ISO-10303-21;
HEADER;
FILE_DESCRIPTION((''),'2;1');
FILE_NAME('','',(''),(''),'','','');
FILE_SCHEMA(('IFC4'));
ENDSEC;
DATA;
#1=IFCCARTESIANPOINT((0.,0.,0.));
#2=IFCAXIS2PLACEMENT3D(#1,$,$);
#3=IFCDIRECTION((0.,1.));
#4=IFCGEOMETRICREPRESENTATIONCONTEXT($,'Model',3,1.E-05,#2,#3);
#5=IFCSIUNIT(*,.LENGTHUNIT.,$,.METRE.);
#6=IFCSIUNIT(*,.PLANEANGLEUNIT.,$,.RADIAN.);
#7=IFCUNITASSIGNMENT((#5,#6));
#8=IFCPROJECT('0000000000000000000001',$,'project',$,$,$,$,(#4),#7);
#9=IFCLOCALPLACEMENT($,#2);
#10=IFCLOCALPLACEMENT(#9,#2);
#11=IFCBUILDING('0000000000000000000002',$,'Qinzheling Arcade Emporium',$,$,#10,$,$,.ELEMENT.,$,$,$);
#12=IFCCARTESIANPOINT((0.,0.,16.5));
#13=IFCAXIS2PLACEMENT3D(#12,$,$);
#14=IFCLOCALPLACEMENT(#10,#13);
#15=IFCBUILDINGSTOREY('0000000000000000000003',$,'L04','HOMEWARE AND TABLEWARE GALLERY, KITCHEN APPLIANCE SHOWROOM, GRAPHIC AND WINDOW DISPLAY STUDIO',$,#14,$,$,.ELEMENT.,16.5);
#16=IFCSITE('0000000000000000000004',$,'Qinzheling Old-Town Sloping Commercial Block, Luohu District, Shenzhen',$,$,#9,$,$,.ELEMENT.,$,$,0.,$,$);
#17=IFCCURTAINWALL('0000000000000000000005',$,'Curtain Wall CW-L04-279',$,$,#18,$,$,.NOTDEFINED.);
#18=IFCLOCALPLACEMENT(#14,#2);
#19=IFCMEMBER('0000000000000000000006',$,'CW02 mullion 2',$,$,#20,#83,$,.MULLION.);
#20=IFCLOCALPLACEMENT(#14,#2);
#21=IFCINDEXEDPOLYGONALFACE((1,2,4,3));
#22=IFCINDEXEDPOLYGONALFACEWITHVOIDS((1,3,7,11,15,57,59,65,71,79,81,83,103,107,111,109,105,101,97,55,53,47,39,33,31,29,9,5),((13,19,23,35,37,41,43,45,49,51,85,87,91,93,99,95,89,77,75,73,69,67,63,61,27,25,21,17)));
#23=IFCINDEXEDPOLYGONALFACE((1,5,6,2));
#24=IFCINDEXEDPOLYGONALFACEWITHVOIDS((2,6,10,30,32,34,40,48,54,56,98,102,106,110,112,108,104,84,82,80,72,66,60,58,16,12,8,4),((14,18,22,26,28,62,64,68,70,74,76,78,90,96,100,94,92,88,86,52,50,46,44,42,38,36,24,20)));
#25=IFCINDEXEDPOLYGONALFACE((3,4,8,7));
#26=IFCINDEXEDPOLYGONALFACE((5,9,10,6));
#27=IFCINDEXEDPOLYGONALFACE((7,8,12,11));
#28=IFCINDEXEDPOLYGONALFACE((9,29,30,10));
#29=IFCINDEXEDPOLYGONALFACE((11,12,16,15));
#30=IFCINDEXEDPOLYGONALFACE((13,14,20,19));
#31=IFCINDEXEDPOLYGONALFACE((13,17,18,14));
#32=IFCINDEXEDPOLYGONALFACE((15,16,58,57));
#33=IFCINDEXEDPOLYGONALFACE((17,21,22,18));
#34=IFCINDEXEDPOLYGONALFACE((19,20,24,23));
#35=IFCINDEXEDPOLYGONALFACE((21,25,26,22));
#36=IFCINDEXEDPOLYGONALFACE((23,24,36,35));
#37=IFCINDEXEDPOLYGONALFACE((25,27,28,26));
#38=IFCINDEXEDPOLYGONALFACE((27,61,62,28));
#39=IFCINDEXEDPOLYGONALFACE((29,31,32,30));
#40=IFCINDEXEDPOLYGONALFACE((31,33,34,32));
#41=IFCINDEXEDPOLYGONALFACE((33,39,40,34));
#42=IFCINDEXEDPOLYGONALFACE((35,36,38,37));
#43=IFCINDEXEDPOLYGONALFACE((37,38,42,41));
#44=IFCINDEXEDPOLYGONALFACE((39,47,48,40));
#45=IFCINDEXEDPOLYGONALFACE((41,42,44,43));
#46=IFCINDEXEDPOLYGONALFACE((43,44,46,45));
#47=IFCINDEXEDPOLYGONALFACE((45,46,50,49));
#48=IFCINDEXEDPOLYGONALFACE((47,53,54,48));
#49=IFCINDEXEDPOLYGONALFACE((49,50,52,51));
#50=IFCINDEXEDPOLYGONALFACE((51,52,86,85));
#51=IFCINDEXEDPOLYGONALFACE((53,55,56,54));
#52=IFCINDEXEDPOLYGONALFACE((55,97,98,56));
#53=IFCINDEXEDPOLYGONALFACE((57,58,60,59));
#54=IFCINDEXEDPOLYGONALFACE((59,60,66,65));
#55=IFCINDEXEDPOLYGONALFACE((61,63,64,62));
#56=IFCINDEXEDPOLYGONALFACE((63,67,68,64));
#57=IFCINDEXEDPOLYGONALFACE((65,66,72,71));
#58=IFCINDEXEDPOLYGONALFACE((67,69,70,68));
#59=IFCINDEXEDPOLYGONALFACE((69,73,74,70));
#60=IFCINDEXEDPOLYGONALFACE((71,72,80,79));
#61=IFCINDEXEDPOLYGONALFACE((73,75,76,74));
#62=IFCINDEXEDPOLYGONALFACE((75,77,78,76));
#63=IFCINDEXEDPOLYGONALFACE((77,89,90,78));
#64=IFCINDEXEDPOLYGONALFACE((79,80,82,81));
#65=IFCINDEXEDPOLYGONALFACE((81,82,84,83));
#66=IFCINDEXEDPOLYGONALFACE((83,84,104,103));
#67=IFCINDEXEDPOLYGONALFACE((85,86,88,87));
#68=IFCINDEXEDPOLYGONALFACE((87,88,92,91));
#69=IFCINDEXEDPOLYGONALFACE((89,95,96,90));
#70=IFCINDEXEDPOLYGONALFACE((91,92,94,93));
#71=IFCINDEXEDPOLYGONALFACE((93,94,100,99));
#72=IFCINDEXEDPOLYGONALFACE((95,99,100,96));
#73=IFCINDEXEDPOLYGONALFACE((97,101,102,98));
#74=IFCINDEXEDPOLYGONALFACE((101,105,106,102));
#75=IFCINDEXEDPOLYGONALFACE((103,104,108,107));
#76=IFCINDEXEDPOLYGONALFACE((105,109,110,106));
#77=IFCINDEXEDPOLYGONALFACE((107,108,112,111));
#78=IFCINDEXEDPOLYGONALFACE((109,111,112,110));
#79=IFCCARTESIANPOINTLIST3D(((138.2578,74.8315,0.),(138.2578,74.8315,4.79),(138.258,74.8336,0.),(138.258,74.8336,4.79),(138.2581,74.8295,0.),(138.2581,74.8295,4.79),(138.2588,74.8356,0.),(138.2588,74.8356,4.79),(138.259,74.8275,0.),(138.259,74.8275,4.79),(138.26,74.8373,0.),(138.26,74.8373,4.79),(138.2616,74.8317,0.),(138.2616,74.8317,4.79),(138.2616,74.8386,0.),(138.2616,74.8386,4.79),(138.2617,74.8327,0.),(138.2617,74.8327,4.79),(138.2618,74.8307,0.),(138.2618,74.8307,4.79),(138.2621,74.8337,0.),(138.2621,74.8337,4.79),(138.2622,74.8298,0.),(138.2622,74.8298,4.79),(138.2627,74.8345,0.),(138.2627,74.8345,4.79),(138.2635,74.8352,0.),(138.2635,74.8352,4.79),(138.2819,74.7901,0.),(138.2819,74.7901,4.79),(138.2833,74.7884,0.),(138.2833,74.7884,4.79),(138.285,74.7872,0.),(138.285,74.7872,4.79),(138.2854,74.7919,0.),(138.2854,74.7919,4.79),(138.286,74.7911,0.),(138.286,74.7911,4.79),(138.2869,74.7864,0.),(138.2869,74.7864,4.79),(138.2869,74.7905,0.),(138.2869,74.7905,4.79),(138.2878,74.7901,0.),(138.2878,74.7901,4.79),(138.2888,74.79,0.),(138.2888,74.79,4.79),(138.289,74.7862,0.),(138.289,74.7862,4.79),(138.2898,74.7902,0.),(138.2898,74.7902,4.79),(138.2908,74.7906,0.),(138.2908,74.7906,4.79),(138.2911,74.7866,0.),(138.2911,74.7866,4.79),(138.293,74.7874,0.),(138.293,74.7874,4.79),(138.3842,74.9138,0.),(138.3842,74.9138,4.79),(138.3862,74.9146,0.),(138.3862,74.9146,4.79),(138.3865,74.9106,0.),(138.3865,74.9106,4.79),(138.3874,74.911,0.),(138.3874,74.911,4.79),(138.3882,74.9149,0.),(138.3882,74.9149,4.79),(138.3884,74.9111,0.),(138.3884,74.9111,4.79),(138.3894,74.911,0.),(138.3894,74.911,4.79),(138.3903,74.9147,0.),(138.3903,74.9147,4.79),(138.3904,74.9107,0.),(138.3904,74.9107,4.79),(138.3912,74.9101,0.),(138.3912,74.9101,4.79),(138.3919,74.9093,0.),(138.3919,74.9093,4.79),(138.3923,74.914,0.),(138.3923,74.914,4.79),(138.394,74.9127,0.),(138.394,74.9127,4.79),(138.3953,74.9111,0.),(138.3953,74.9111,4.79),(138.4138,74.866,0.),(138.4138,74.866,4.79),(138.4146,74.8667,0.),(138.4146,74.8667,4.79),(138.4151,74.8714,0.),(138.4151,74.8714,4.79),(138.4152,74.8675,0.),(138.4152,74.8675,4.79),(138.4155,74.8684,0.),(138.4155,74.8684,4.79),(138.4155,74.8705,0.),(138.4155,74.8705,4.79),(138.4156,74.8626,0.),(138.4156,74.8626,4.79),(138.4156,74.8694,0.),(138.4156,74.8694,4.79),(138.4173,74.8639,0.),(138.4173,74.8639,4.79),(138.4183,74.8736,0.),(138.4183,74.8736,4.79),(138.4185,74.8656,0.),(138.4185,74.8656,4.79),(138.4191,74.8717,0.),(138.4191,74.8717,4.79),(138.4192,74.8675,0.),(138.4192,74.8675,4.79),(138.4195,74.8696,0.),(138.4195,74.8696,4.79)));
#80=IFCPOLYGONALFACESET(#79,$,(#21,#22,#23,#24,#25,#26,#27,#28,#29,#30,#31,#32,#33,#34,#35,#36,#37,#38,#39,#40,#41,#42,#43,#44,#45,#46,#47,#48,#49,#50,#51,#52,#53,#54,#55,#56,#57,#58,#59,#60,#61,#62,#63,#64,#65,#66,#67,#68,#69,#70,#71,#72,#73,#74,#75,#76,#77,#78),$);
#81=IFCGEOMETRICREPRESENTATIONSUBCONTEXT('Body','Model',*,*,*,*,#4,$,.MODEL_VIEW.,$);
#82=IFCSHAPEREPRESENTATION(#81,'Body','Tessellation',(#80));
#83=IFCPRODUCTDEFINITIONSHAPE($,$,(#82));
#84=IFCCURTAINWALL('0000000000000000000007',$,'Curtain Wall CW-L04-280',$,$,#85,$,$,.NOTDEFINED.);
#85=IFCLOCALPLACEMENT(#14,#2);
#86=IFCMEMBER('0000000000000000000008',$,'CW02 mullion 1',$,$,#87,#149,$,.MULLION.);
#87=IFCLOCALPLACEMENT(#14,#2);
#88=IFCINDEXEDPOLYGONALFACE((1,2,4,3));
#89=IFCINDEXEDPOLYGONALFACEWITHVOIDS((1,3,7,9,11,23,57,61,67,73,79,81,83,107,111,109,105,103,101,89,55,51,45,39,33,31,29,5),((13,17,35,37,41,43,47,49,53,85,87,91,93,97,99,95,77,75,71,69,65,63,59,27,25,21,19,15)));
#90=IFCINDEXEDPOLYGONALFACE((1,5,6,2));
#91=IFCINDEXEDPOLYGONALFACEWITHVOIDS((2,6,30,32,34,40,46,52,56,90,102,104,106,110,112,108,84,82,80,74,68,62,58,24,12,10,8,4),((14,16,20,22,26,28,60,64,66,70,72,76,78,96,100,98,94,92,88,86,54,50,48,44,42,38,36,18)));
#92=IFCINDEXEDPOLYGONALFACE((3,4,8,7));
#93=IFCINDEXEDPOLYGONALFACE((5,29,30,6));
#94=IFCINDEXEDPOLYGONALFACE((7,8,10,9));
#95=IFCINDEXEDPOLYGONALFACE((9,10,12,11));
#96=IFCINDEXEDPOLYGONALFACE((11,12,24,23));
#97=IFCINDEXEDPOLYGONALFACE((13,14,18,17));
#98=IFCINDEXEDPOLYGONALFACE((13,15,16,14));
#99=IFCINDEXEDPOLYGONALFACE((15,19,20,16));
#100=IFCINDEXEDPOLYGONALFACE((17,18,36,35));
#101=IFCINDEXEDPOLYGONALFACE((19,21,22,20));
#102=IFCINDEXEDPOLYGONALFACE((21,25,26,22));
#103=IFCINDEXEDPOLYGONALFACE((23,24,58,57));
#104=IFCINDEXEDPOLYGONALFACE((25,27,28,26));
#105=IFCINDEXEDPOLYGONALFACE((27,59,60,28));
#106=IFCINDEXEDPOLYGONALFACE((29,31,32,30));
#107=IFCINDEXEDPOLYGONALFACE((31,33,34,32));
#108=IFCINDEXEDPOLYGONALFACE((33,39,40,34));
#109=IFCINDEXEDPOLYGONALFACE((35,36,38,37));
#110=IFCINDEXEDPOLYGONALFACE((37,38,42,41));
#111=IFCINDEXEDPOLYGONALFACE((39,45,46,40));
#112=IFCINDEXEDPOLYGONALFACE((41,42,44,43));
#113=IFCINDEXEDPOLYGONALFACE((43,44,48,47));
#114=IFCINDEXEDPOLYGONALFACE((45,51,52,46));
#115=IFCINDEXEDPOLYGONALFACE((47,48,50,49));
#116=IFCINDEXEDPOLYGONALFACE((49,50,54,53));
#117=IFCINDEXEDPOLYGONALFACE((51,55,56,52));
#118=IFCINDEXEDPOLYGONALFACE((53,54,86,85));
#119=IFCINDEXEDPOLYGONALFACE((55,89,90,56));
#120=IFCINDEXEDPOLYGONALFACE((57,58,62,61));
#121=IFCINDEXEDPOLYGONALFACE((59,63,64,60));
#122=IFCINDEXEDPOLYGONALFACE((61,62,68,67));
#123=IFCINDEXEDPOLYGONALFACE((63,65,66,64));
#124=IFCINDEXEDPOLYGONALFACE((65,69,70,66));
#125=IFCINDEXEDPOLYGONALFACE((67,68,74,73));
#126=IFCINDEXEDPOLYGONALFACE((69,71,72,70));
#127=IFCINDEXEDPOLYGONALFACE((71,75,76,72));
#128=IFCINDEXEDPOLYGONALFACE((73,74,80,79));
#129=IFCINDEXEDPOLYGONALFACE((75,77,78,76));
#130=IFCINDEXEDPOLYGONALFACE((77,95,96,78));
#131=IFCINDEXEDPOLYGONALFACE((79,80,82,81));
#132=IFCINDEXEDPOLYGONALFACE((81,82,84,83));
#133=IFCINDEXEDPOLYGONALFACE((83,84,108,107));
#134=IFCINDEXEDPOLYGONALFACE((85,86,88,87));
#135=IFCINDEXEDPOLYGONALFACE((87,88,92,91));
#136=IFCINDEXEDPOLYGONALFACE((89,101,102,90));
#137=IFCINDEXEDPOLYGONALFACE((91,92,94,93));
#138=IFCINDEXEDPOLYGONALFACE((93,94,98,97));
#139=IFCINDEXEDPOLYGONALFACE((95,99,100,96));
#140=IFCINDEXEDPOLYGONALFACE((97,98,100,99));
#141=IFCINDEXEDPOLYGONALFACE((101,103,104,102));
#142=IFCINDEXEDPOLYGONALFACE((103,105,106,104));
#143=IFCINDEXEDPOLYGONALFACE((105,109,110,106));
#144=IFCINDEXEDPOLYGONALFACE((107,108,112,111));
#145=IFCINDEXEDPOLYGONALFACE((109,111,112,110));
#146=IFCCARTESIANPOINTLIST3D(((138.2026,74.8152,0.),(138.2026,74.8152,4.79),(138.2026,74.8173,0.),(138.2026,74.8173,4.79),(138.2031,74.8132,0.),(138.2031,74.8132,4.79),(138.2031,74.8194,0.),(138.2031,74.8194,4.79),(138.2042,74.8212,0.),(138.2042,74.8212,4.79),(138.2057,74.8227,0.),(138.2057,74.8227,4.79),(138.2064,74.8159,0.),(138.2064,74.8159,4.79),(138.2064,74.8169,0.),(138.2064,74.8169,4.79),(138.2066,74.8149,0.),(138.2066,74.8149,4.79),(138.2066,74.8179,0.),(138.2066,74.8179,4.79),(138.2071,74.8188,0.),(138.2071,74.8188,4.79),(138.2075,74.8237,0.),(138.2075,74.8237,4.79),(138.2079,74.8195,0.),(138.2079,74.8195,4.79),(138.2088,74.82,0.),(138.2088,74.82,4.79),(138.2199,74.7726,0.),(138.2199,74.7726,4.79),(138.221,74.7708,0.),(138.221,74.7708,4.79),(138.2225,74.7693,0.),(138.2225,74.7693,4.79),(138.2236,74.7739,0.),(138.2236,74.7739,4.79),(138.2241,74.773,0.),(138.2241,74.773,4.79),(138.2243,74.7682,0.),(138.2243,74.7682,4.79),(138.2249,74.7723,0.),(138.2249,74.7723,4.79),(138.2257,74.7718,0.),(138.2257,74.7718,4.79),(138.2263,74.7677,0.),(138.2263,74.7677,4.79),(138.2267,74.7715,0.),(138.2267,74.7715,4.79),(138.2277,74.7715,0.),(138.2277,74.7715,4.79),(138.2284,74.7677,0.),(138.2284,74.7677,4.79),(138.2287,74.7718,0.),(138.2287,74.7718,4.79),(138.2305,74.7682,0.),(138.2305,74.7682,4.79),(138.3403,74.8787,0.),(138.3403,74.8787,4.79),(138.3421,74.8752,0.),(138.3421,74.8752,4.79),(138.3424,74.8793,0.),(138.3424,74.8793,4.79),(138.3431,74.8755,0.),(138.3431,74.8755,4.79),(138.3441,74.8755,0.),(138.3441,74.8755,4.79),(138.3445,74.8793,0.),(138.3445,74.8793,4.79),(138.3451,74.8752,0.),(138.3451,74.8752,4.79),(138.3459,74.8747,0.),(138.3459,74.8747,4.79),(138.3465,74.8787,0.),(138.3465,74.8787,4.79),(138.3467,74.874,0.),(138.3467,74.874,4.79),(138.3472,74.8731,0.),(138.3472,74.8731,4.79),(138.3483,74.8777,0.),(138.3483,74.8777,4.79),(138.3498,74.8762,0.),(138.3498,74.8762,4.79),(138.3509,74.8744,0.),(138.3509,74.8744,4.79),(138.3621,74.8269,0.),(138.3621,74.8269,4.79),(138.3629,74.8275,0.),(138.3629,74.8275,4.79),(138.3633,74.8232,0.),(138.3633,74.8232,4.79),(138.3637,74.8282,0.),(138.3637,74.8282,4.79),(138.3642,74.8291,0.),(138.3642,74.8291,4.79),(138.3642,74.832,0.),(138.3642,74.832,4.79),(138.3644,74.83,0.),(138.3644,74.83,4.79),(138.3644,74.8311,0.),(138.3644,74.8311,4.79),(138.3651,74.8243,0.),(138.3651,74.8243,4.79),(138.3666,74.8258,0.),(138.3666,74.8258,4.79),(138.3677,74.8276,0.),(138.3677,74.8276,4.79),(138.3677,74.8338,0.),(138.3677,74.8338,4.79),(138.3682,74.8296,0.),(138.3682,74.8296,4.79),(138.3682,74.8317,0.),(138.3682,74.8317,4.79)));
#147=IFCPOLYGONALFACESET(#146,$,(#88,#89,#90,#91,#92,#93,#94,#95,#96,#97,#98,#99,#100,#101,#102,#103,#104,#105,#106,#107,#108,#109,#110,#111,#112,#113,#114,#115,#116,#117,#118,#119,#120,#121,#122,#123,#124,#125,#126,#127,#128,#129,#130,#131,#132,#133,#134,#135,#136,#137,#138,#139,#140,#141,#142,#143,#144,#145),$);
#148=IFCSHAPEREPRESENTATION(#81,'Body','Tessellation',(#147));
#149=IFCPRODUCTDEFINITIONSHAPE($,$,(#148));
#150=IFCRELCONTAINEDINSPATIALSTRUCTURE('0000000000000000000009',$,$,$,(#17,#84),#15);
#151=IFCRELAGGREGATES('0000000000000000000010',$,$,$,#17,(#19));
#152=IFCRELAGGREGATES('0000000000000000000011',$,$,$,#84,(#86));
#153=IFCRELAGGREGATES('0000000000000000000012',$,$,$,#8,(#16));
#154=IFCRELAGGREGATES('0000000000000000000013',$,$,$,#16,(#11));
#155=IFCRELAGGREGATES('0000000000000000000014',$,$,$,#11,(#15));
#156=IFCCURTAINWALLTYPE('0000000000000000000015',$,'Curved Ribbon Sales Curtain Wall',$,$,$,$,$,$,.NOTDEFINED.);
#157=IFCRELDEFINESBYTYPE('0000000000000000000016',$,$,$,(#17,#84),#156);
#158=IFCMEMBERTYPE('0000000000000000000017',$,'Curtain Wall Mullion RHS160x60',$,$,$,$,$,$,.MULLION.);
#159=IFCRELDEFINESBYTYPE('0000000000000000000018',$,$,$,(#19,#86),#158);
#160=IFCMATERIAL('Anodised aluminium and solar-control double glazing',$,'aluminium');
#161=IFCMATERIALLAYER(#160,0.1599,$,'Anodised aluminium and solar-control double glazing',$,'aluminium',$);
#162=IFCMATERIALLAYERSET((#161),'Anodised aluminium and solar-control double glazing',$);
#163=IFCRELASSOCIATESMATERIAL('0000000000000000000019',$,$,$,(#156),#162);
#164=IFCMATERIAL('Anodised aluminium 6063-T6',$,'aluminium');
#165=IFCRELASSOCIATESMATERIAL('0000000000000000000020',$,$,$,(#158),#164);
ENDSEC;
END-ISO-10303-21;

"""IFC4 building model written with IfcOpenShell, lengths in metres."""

from ifc_helpers import new_model, si_unit, direction, frame, origin, origin_2d, place, context, subcontext, project, spatial, hollow_rectangle, extrude, material, layer, layer_set, material_profile, profile_set, type_object, element, aggregate, save


model = new_model("IFC4")

# Units and contexts
model_context = context("Model", 3, precision=1e-05, world=origin(), true_north=direction((0.0, 1.0)))
body_context = subcontext(model_context, "Body", "Model", "MODEL_VIEW")
ifc_project = project(units=[si_unit("LENGTHUNIT", "METRE"), si_unit("PLANEANGLEUNIT", "RADIAN")], contexts=[model_context])

# Site, building, storey
site_placement = place(None, origin())
site = spatial("IfcSite", under=ifc_project, at=site_placement, Name="Qinzheling Old-Town Sloping Commercial Block, Luohu District, Shenzhen", CompositionType="ELEMENT", RefElevation=0.0)
building_placement = place(site_placement, origin())
building = spatial("IfcBuilding", under=site, at=building_placement, Name="Qinzheling Arcade Emporium", CompositionType="ELEMENT")
storey_placement = place(building_placement, frame((0.0, 0.0, 16.5)))
storey = spatial("IfcBuildingStorey", under=building, at=storey_placement, Name="L04", Description="HOMEWARE AND TABLEWARE GALLERY, KITCHEN APPLIANCE SHOWROOM, GRAPHIC AND WINDOW DISPLAY STUDIO", CompositionType="ELEMENT", Elevation=16.5)

# Curtain wall, member
ifc_material_1 = material(Name="Anodised aluminium and solar-control double glazing", Category="aluminium")
ifc_layer_1 = layer(ifc_material_1, 0.1599, Name="Anodised aluminium and solar-control double glazing", Category="aluminium")
ifc_layer_set_1 = layer_set([ifc_layer_1], Name="Anodised aluminium and solar-control double glazing")
curtain_wall_type_1 = type_object("IfcCurtainWallType", Name="Curved Ribbon Sales Curtain Wall", PredefinedType="NOTDEFINED", material=ifc_layer_set_1)
curtain_wall_1_placement = place(storey_placement, origin())
curtain_wall_1 = element("IfcCurtainWall", 1, at=curtain_wall_1_placement, inside=storey, type_object=curtain_wall_type_1, Name="Curtain Wall CW-L04-279", PredefinedType="NOTDEFINED")
ifc_material_2 = material(Name="Anodised aluminium 6063-T6", Category="aluminium")
ifc_material_profile_1 = material_profile(ifc_material_2, hollow_rectangle(XDim=0.0601, YDim=0.1599, WallThickness=0.0039, InnerFilletRadius=0.0039, OuterFilletRadius=0.0081, at=origin_2d()), Name="RHS 160x60x4", Category="aluminium")
ifc_profile_set_1 = profile_set([ifc_material_profile_1], Name="Anodised aluminium 6063-T6")
member_type_1 = type_object("IfcMemberType", Name="Curtain Wall Mullion RHS160x60", PredefinedType="MULLION", material=ifc_profile_set_1)
member_1_placement = place(storey_placement, frame((138.3386, 74.8506, 0.0), z_axis=(0.0, 0.0, 1.0), x_axis=(0.522562, -0.852601, 0.0)))
member_1 = element("IfcMember", 2, at=member_1_placement, type_object=member_type_1, Name="CW02 mullion 2", PredefinedType="MULLION", context=body_context, shape_type="SweptSolid", body=[
    extrude(hollow_rectangle(XDim=0.0601, YDim=0.1599, WallThickness=0.0039, InnerFilletRadius=0.0039, OuterFilletRadius=0.0081, at=origin_2d()), origin(), (0.0, 0.0, 1.0), 4.79),
])

# Curtain wall, member
curtain_wall_2_placement = place(storey_placement, origin())
curtain_wall_2 = element("IfcCurtainWall", 3, at=curtain_wall_2_placement, inside=storey, type_object=curtain_wall_type_1, Name="Curtain Wall CW-L04-280", PredefinedType="NOTDEFINED")
member_2_placement = place(storey_placement, frame((138.2854, 74.8235, 0.0), z_axis=(0.0, 0.0, 1.0), x_axis=(0.38247, -0.923968, 0.0)))
member_2 = element("IfcMember", 4, at=member_2_placement, type_object=member_type_1, Name="CW02 mullion 1", PredefinedType="MULLION", context=body_context, shape_type="SweptSolid", body=[
    extrude(hollow_rectangle(XDim=0.0601, YDim=0.1599, WallThickness=0.0039, InnerFilletRadius=0.0039, OuterFilletRadius=0.0081, at=origin_2d()), origin(), (0.0, 0.0, 1.0), 4.79),
])

aggregate(curtain_wall_1, [member_1])
aggregate(curtain_wall_2, [member_2])

save(model, "model.ifc")
